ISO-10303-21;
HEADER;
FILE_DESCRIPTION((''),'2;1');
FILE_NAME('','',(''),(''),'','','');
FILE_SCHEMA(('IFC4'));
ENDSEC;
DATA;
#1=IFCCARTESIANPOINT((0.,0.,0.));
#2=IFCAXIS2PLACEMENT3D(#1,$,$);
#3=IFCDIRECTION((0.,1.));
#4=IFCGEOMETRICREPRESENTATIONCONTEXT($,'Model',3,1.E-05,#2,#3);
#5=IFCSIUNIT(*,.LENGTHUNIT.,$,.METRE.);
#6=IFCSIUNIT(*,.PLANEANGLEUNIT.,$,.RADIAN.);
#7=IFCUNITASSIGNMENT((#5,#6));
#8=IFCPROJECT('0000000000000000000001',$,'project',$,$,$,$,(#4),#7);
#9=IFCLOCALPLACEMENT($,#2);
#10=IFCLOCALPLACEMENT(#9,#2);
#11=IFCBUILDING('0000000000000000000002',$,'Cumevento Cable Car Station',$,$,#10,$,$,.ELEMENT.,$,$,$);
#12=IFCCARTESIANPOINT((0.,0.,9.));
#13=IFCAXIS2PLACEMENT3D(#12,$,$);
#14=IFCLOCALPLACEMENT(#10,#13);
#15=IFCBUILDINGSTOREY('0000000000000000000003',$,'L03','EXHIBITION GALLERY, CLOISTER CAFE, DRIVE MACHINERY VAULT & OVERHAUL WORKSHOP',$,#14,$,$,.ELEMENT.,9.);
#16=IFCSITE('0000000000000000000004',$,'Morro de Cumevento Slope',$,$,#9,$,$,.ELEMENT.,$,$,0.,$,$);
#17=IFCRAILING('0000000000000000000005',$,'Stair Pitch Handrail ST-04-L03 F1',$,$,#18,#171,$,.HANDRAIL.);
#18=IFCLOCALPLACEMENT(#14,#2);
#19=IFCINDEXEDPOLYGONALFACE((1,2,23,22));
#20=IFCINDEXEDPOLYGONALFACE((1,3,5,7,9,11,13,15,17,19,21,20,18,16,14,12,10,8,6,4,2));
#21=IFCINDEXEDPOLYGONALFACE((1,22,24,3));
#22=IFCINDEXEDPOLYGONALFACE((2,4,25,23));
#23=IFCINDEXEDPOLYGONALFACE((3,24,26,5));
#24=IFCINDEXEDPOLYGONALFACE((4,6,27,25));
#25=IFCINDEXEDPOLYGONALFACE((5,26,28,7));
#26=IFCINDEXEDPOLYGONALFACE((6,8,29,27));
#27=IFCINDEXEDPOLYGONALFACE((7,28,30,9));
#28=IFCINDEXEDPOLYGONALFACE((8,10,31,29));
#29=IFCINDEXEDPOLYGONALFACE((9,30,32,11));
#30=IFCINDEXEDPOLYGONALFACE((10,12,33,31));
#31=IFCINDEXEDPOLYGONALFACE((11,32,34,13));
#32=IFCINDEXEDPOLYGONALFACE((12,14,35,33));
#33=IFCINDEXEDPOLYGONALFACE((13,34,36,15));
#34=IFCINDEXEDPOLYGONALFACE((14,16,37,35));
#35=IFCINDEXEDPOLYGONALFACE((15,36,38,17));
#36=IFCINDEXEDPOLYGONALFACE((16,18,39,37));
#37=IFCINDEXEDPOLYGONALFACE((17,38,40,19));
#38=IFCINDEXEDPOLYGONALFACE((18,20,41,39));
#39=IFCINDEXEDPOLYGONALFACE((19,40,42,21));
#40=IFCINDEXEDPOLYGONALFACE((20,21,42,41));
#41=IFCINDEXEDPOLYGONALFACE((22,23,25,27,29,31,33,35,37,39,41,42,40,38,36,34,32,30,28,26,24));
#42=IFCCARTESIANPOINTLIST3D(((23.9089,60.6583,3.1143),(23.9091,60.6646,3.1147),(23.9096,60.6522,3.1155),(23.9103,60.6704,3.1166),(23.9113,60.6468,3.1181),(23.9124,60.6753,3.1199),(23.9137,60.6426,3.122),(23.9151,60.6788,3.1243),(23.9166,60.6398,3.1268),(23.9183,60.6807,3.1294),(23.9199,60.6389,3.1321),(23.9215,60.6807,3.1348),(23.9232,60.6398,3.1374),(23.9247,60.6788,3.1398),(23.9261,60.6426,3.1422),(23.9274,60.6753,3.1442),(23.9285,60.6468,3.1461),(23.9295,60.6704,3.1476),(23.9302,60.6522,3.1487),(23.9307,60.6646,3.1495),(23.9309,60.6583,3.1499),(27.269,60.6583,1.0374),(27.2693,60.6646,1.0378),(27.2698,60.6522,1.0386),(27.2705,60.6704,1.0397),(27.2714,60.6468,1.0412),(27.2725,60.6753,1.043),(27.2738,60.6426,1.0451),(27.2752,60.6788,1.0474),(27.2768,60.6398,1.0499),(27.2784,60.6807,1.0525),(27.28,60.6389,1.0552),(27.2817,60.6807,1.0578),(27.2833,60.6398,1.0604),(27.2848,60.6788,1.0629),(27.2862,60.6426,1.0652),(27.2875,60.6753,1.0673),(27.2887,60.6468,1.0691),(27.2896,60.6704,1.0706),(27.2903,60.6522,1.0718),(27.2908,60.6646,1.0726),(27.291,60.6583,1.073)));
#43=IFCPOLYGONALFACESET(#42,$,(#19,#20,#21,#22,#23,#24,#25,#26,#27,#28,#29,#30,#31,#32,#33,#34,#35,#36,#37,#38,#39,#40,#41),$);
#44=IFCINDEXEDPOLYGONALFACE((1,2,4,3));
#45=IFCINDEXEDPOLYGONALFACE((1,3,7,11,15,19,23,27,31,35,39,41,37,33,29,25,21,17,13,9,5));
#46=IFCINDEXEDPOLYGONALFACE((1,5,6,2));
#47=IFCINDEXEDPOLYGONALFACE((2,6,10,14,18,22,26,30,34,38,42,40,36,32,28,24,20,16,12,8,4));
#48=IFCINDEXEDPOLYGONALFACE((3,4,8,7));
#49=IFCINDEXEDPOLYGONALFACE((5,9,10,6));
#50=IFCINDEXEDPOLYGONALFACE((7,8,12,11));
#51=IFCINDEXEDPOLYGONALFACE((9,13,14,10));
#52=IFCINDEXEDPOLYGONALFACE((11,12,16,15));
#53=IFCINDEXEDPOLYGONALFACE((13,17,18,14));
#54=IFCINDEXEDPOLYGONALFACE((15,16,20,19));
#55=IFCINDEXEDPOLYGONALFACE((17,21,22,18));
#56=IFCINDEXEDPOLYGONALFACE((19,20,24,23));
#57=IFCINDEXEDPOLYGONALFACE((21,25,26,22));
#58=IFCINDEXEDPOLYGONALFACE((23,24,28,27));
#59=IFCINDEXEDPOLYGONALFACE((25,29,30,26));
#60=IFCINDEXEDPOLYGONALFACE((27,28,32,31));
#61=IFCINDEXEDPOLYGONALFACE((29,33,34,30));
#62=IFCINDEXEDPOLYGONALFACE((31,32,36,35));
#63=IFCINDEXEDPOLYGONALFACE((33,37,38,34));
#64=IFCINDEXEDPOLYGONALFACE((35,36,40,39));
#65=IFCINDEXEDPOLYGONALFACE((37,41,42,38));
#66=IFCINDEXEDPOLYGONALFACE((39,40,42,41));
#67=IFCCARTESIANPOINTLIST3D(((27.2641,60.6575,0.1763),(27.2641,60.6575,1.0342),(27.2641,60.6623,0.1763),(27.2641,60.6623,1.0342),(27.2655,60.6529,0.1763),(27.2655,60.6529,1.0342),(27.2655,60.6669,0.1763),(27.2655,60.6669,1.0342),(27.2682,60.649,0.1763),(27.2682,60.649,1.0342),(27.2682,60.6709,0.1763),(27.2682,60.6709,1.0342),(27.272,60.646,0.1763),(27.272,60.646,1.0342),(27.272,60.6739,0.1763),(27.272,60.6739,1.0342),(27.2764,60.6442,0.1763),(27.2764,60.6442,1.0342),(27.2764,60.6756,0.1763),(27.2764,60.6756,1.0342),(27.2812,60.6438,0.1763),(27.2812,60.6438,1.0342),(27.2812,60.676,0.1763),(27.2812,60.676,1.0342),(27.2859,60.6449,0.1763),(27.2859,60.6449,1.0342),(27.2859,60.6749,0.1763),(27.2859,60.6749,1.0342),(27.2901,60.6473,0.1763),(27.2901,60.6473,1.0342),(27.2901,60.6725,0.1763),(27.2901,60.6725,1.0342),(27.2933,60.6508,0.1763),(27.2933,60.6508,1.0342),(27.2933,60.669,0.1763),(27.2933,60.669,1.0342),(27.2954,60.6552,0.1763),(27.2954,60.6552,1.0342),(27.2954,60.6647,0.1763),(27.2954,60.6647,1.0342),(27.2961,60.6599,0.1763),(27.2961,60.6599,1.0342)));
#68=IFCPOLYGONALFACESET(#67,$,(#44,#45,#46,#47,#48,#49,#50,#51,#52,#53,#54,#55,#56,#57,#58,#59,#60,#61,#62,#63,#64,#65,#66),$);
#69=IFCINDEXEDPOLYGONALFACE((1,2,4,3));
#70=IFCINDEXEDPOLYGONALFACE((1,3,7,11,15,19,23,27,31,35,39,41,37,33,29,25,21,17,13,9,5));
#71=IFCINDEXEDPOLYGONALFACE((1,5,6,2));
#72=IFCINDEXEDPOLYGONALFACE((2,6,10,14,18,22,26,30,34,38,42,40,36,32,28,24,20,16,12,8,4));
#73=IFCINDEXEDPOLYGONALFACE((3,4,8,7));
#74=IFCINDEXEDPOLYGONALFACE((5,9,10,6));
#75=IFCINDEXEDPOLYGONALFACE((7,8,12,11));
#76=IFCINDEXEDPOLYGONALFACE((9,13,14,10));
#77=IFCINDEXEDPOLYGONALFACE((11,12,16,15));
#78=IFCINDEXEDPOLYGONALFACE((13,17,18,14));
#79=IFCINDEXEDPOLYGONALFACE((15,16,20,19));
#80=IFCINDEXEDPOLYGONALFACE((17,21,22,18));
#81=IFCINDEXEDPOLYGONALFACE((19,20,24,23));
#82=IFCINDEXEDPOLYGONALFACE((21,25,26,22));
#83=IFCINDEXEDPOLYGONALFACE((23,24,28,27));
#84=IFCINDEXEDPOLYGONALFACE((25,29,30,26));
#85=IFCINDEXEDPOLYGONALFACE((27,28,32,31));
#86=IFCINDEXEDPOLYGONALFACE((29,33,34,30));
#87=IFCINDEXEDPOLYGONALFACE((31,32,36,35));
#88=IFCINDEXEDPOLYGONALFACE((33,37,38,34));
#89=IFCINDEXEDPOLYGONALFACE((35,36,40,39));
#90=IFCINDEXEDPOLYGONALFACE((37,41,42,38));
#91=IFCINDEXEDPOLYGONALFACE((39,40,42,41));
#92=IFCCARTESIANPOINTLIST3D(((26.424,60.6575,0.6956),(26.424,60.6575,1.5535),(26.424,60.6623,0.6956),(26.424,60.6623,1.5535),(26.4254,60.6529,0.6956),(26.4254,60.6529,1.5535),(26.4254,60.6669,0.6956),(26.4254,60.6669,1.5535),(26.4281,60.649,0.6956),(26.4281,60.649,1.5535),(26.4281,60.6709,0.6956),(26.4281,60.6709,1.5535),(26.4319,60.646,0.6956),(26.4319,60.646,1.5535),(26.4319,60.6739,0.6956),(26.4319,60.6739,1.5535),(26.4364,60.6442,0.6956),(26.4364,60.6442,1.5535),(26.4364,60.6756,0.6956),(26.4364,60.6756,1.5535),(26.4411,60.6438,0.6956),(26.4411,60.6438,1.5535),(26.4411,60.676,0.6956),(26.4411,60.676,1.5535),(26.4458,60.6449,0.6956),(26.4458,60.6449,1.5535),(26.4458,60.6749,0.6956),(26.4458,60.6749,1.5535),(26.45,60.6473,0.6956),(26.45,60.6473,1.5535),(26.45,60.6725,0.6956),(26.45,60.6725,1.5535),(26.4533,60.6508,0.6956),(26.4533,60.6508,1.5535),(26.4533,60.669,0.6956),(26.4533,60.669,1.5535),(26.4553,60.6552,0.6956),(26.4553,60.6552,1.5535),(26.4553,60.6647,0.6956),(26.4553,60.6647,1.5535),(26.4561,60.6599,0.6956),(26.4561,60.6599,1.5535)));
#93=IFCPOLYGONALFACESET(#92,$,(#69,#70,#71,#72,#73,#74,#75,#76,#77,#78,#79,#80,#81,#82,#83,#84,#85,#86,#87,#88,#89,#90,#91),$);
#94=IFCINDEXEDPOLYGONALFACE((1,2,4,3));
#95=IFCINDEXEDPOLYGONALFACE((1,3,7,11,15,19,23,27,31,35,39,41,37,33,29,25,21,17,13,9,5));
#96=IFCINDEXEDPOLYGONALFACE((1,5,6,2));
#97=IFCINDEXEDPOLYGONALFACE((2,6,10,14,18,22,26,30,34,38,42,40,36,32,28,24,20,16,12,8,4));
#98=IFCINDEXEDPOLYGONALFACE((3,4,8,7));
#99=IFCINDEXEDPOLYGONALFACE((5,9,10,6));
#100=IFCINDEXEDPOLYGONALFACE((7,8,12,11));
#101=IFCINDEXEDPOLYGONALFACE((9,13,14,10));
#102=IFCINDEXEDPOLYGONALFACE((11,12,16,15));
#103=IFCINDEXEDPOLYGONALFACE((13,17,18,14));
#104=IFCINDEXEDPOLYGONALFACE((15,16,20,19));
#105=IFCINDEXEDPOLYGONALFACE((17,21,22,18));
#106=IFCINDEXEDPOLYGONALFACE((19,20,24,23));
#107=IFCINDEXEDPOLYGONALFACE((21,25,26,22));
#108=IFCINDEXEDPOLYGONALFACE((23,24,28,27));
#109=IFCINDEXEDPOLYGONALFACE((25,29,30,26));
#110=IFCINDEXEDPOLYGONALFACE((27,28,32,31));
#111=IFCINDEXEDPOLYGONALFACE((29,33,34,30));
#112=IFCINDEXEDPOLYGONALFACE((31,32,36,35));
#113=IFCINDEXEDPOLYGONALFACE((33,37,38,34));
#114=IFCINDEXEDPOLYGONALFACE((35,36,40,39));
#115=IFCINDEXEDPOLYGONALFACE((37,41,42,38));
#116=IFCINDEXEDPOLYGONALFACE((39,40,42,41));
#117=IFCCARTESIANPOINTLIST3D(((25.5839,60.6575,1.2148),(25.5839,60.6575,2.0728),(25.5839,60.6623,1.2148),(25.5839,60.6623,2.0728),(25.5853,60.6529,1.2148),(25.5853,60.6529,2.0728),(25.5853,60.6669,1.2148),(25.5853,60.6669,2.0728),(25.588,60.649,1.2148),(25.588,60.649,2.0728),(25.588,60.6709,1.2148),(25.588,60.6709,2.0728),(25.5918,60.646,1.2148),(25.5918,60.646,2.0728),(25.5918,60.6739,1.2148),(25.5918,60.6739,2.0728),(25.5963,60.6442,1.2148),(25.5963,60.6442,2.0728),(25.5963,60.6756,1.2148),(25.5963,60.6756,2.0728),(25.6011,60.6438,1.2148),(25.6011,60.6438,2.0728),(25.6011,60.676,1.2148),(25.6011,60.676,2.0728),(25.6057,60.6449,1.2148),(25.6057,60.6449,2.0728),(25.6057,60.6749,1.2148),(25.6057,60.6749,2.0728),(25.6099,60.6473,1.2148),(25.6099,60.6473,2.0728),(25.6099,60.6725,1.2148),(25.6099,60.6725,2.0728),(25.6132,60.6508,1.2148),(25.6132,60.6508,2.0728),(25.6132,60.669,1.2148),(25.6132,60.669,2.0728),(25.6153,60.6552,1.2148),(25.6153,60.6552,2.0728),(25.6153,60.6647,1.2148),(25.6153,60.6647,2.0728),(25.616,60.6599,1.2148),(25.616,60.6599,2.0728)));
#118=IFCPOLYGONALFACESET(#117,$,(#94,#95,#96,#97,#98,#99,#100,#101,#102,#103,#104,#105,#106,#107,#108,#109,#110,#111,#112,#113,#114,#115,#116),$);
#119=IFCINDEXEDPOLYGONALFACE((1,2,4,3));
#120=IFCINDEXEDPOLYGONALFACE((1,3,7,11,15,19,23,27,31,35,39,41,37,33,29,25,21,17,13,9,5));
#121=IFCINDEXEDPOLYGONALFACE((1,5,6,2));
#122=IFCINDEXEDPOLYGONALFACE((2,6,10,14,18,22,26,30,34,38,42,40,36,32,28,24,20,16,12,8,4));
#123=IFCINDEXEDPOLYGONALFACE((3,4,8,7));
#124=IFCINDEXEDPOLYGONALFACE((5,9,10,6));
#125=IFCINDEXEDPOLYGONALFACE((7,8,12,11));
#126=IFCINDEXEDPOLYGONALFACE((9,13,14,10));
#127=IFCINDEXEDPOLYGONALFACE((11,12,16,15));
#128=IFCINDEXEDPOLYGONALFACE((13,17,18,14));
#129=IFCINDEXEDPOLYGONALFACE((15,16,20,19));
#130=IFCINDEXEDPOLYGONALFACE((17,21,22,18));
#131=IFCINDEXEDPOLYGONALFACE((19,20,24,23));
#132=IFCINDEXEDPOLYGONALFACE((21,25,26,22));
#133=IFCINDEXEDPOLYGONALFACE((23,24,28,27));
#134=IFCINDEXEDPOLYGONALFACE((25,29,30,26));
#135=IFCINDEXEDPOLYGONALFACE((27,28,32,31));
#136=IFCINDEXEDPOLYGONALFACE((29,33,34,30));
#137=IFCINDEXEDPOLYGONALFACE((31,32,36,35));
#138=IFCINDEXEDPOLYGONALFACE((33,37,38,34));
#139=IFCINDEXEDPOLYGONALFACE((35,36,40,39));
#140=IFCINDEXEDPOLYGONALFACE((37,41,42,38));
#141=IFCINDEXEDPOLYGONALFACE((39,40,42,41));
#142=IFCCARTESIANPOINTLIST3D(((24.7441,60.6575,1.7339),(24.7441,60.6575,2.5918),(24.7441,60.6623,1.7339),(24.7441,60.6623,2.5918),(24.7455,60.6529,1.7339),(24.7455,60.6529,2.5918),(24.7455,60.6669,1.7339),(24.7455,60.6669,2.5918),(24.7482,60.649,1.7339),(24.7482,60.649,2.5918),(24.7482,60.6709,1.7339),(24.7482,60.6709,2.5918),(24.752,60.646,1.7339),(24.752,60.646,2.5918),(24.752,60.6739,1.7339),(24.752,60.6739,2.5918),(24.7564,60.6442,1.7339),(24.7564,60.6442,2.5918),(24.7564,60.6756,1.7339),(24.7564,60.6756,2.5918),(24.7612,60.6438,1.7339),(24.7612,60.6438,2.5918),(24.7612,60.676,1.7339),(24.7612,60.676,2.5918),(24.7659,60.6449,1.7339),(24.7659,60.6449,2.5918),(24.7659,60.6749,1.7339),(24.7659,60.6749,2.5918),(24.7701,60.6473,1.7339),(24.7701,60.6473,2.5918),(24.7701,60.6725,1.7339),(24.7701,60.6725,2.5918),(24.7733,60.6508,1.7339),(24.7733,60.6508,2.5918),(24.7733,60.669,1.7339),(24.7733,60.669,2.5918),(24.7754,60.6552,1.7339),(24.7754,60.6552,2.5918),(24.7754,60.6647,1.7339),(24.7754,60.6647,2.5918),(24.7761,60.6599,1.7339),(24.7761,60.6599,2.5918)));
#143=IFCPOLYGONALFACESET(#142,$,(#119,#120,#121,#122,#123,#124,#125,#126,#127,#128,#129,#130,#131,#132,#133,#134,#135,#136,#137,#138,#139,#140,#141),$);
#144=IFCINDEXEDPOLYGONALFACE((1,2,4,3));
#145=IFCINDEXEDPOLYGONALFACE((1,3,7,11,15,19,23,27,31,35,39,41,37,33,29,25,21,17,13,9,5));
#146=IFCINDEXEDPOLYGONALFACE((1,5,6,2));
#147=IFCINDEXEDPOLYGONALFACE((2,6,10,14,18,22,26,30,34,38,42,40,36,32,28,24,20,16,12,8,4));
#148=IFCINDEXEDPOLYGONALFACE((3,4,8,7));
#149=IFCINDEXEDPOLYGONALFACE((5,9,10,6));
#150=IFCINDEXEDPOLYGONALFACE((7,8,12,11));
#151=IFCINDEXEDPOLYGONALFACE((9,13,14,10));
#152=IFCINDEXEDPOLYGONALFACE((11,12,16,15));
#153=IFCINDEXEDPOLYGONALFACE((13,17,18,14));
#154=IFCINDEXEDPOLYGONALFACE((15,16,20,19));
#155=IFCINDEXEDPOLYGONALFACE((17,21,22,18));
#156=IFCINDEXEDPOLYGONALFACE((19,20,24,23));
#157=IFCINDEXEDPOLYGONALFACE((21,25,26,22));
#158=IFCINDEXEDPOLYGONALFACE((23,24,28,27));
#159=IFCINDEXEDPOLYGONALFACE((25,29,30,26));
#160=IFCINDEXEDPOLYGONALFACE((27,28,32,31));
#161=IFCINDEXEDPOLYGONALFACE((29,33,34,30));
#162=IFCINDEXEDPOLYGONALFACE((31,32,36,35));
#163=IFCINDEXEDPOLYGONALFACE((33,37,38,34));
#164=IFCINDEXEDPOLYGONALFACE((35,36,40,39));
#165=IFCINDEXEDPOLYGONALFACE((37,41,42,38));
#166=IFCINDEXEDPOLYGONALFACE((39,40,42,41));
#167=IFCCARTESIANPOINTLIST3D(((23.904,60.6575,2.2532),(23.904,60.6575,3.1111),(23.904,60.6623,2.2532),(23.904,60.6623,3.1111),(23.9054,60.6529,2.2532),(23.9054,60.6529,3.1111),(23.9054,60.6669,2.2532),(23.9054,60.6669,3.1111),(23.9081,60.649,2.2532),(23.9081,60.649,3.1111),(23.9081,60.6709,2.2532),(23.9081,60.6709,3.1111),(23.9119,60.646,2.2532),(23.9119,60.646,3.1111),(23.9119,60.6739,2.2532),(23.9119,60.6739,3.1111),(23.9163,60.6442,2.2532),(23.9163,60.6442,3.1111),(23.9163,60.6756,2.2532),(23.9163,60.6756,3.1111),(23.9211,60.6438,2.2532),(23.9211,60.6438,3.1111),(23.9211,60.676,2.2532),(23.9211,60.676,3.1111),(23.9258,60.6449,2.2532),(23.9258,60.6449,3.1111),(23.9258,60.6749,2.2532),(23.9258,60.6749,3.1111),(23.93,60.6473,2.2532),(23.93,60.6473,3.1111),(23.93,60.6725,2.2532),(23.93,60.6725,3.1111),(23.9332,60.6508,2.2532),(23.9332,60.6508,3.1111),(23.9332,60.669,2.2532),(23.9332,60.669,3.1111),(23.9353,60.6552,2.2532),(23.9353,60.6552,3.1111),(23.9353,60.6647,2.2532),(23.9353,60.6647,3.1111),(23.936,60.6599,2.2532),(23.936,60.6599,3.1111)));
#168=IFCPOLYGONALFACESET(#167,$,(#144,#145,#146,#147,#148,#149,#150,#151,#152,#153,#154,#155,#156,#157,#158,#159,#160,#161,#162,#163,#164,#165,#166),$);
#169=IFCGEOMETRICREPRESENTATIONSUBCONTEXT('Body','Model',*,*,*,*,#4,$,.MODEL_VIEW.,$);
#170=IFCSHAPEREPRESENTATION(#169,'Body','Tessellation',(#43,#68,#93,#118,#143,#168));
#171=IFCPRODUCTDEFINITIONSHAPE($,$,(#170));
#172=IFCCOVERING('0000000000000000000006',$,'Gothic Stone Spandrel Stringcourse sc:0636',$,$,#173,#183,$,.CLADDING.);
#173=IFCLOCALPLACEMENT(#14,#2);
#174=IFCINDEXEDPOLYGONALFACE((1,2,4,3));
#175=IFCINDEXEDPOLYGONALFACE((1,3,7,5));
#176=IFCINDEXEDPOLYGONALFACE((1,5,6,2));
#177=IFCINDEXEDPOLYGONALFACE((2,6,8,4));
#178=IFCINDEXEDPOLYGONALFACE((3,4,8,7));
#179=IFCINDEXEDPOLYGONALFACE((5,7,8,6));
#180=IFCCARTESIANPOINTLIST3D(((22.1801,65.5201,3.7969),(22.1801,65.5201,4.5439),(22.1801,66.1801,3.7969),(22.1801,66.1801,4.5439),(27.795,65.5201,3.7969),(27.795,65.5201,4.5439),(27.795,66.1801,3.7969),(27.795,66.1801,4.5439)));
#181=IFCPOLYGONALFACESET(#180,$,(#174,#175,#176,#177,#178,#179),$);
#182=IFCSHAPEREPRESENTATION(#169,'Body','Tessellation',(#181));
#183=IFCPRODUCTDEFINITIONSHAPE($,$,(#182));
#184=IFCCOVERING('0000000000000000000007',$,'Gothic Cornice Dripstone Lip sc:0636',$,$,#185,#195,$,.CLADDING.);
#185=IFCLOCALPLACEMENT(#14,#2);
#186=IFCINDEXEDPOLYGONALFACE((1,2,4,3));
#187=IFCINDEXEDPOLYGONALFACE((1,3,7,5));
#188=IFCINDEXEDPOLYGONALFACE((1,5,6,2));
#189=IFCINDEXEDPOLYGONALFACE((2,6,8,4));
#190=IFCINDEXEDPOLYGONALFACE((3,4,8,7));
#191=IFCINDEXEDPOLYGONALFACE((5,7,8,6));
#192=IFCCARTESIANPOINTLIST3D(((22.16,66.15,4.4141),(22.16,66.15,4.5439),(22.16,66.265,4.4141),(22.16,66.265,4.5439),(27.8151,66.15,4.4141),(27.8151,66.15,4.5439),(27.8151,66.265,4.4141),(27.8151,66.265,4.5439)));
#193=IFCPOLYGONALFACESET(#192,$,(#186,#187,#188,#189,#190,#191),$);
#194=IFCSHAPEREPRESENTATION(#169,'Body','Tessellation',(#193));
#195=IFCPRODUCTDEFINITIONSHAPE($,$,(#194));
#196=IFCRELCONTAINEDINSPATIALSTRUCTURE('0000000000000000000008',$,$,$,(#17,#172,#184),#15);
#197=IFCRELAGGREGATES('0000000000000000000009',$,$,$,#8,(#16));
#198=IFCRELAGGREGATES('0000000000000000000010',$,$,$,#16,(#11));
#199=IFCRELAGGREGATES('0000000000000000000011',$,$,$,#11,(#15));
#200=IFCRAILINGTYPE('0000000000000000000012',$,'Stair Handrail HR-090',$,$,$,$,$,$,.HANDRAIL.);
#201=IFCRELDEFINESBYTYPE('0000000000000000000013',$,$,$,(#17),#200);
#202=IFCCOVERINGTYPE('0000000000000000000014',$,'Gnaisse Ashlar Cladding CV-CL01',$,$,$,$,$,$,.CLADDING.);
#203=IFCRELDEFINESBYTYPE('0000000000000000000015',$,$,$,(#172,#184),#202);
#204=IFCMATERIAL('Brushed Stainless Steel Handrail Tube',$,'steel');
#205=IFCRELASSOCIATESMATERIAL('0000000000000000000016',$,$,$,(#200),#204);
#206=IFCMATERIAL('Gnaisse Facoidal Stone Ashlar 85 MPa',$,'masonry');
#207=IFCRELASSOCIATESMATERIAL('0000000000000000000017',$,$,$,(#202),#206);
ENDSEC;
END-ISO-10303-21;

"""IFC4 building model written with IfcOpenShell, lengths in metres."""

from ifc_helpers import new_model, si_unit, direction, frame, origin, origin_2d, place, context, subcontext, project, spatial, rectangle, circle, extrude, material, type_object, element, save


model = new_model("IFC4")

# Units and contexts
model_context = context("Model", 3, precision=1e-05, world=origin(), true_north=direction((0.0, 1.0)))
body_context = subcontext(model_context, "Body", "Model", "MODEL_VIEW")
ifc_project = project(units=[si_unit("LENGTHUNIT", "METRE"), si_unit("PLANEANGLEUNIT", "RADIAN")], contexts=[model_context])

# Site, building, storey
site_placement = place(None, origin())
site = spatial("IfcSite", under=ifc_project, at=site_placement, Name="Morro de Cumevento Slope", CompositionType="ELEMENT", RefElevation=0.0)
building_placement = place(site_placement, origin())
building = spatial("IfcBuilding", under=site, at=building_placement, Name="Cumevento Cable Car Station", CompositionType="ELEMENT")
storey_placement = place(building_placement, frame((0.0, 0.0, 9.0)))
storey = spatial("IfcBuildingStorey", under=building, at=storey_placement, Name="L03", Description="EXHIBITION GALLERY, CLOISTER CAFE, DRIVE MACHINERY VAULT & OVERHAUL WORKSHOP", CompositionType="ELEMENT", Elevation=9.0)

# Railing
ifc_material_1 = material(Name="Brushed Stainless Steel Handrail Tube", Category="steel")
railing_type_1 = type_object("IfcRailingType", Name="Stair Handrail HR-090", PredefinedType="HANDRAIL", material=ifc_material_1)
railing_1_placement = place(storey_placement, frame((27.28, 60.6599, 0.1763)))
element("IfcRailing", 1, at=railing_1_placement, inside=storey, type_object=railing_type_1, Name="Stair Pitch Handrail ST-04-L03 F1", PredefinedType="HANDRAIL", context=body_context, shape_type="SweptSolid", body=[
    extrude(circle(Radius=0.021, at=origin_2d()), frame((0.0, 0.0, 0.8789), z_axis=(-0.850623, 0.0, 0.525776), x_axis=(0.0, -1.0, 0.0)), (0.0, 0.0, 1.0), 3.9502),
    extrude(circle(Radius=0.0161, at=origin_2d()), origin(), (0.0, 0.0, 1.0), 0.8579),
    extrude(circle(Radius=0.0161, at=origin_2d()), frame((-0.8401, 0.0, 0.5193)), (0.0, 0.0, 1.0), 0.8579),
    extrude(circle(Radius=0.0161, at=origin_2d()), frame((-1.6802, 0.0, 1.0386)), (0.0, 0.0, 1.0), 0.8579),
    extrude(circle(Radius=0.0161, at=origin_2d()), frame((-2.52, 0.0, 1.5576)), (0.0, 0.0, 1.0), 0.8579),
    extrude(circle(Radius=0.0161, at=origin_2d()), frame((-3.3601, 0.0, 2.0769)), (0.0, 0.0, 1.0), 0.8579),
])

# Coverings
ifc_material_2 = material(Name="Gnaisse Facoidal Stone Ashlar 85 MPa", Category="masonry")
covering_type = type_object("IfcCoveringType", Name="Gnaisse Ashlar Cladding CV-CL01", PredefinedType="CLADDING", material=ifc_material_2)
covering_1_placement = place(storey_placement, frame((24.9875, 65.8501, 3.7969), z_axis=(0.0, 0.0, 1.0), x_axis=(1.0, 0.0, 0.0)))
element("IfcCovering", 2, at=covering_1_placement, inside=storey, type_object=covering_type, Name="Gothic Stone Spandrel Stringcourse sc:0636", PredefinedType="CLADDING", context=body_context, shape_type="SweptSolid", body=[
    extrude(rectangle(XDim=5.615, YDim=0.6599, at=origin_2d()), origin(), (0.0, 0.0, 1.0), 0.7471),
])
covering_2_placement = place(storey_placement, frame((24.9875, 66.2075, 4.4141), z_axis=(0.0, 0.0, 1.0), x_axis=(1.0, 0.0, 0.0)))
element("IfcCovering", 3, at=covering_2_placement, inside=storey, type_object=covering_type, Name="Gothic Cornice Dripstone Lip sc:0636", PredefinedType="CLADDING", context=body_context, shape_type="SweptSolid", body=[
    extrude(rectangle(XDim=5.655, YDim=0.115, at=origin_2d()), origin(), (0.0, 0.0, 1.0), 0.1299),
])

save(model, "model.ifc")
